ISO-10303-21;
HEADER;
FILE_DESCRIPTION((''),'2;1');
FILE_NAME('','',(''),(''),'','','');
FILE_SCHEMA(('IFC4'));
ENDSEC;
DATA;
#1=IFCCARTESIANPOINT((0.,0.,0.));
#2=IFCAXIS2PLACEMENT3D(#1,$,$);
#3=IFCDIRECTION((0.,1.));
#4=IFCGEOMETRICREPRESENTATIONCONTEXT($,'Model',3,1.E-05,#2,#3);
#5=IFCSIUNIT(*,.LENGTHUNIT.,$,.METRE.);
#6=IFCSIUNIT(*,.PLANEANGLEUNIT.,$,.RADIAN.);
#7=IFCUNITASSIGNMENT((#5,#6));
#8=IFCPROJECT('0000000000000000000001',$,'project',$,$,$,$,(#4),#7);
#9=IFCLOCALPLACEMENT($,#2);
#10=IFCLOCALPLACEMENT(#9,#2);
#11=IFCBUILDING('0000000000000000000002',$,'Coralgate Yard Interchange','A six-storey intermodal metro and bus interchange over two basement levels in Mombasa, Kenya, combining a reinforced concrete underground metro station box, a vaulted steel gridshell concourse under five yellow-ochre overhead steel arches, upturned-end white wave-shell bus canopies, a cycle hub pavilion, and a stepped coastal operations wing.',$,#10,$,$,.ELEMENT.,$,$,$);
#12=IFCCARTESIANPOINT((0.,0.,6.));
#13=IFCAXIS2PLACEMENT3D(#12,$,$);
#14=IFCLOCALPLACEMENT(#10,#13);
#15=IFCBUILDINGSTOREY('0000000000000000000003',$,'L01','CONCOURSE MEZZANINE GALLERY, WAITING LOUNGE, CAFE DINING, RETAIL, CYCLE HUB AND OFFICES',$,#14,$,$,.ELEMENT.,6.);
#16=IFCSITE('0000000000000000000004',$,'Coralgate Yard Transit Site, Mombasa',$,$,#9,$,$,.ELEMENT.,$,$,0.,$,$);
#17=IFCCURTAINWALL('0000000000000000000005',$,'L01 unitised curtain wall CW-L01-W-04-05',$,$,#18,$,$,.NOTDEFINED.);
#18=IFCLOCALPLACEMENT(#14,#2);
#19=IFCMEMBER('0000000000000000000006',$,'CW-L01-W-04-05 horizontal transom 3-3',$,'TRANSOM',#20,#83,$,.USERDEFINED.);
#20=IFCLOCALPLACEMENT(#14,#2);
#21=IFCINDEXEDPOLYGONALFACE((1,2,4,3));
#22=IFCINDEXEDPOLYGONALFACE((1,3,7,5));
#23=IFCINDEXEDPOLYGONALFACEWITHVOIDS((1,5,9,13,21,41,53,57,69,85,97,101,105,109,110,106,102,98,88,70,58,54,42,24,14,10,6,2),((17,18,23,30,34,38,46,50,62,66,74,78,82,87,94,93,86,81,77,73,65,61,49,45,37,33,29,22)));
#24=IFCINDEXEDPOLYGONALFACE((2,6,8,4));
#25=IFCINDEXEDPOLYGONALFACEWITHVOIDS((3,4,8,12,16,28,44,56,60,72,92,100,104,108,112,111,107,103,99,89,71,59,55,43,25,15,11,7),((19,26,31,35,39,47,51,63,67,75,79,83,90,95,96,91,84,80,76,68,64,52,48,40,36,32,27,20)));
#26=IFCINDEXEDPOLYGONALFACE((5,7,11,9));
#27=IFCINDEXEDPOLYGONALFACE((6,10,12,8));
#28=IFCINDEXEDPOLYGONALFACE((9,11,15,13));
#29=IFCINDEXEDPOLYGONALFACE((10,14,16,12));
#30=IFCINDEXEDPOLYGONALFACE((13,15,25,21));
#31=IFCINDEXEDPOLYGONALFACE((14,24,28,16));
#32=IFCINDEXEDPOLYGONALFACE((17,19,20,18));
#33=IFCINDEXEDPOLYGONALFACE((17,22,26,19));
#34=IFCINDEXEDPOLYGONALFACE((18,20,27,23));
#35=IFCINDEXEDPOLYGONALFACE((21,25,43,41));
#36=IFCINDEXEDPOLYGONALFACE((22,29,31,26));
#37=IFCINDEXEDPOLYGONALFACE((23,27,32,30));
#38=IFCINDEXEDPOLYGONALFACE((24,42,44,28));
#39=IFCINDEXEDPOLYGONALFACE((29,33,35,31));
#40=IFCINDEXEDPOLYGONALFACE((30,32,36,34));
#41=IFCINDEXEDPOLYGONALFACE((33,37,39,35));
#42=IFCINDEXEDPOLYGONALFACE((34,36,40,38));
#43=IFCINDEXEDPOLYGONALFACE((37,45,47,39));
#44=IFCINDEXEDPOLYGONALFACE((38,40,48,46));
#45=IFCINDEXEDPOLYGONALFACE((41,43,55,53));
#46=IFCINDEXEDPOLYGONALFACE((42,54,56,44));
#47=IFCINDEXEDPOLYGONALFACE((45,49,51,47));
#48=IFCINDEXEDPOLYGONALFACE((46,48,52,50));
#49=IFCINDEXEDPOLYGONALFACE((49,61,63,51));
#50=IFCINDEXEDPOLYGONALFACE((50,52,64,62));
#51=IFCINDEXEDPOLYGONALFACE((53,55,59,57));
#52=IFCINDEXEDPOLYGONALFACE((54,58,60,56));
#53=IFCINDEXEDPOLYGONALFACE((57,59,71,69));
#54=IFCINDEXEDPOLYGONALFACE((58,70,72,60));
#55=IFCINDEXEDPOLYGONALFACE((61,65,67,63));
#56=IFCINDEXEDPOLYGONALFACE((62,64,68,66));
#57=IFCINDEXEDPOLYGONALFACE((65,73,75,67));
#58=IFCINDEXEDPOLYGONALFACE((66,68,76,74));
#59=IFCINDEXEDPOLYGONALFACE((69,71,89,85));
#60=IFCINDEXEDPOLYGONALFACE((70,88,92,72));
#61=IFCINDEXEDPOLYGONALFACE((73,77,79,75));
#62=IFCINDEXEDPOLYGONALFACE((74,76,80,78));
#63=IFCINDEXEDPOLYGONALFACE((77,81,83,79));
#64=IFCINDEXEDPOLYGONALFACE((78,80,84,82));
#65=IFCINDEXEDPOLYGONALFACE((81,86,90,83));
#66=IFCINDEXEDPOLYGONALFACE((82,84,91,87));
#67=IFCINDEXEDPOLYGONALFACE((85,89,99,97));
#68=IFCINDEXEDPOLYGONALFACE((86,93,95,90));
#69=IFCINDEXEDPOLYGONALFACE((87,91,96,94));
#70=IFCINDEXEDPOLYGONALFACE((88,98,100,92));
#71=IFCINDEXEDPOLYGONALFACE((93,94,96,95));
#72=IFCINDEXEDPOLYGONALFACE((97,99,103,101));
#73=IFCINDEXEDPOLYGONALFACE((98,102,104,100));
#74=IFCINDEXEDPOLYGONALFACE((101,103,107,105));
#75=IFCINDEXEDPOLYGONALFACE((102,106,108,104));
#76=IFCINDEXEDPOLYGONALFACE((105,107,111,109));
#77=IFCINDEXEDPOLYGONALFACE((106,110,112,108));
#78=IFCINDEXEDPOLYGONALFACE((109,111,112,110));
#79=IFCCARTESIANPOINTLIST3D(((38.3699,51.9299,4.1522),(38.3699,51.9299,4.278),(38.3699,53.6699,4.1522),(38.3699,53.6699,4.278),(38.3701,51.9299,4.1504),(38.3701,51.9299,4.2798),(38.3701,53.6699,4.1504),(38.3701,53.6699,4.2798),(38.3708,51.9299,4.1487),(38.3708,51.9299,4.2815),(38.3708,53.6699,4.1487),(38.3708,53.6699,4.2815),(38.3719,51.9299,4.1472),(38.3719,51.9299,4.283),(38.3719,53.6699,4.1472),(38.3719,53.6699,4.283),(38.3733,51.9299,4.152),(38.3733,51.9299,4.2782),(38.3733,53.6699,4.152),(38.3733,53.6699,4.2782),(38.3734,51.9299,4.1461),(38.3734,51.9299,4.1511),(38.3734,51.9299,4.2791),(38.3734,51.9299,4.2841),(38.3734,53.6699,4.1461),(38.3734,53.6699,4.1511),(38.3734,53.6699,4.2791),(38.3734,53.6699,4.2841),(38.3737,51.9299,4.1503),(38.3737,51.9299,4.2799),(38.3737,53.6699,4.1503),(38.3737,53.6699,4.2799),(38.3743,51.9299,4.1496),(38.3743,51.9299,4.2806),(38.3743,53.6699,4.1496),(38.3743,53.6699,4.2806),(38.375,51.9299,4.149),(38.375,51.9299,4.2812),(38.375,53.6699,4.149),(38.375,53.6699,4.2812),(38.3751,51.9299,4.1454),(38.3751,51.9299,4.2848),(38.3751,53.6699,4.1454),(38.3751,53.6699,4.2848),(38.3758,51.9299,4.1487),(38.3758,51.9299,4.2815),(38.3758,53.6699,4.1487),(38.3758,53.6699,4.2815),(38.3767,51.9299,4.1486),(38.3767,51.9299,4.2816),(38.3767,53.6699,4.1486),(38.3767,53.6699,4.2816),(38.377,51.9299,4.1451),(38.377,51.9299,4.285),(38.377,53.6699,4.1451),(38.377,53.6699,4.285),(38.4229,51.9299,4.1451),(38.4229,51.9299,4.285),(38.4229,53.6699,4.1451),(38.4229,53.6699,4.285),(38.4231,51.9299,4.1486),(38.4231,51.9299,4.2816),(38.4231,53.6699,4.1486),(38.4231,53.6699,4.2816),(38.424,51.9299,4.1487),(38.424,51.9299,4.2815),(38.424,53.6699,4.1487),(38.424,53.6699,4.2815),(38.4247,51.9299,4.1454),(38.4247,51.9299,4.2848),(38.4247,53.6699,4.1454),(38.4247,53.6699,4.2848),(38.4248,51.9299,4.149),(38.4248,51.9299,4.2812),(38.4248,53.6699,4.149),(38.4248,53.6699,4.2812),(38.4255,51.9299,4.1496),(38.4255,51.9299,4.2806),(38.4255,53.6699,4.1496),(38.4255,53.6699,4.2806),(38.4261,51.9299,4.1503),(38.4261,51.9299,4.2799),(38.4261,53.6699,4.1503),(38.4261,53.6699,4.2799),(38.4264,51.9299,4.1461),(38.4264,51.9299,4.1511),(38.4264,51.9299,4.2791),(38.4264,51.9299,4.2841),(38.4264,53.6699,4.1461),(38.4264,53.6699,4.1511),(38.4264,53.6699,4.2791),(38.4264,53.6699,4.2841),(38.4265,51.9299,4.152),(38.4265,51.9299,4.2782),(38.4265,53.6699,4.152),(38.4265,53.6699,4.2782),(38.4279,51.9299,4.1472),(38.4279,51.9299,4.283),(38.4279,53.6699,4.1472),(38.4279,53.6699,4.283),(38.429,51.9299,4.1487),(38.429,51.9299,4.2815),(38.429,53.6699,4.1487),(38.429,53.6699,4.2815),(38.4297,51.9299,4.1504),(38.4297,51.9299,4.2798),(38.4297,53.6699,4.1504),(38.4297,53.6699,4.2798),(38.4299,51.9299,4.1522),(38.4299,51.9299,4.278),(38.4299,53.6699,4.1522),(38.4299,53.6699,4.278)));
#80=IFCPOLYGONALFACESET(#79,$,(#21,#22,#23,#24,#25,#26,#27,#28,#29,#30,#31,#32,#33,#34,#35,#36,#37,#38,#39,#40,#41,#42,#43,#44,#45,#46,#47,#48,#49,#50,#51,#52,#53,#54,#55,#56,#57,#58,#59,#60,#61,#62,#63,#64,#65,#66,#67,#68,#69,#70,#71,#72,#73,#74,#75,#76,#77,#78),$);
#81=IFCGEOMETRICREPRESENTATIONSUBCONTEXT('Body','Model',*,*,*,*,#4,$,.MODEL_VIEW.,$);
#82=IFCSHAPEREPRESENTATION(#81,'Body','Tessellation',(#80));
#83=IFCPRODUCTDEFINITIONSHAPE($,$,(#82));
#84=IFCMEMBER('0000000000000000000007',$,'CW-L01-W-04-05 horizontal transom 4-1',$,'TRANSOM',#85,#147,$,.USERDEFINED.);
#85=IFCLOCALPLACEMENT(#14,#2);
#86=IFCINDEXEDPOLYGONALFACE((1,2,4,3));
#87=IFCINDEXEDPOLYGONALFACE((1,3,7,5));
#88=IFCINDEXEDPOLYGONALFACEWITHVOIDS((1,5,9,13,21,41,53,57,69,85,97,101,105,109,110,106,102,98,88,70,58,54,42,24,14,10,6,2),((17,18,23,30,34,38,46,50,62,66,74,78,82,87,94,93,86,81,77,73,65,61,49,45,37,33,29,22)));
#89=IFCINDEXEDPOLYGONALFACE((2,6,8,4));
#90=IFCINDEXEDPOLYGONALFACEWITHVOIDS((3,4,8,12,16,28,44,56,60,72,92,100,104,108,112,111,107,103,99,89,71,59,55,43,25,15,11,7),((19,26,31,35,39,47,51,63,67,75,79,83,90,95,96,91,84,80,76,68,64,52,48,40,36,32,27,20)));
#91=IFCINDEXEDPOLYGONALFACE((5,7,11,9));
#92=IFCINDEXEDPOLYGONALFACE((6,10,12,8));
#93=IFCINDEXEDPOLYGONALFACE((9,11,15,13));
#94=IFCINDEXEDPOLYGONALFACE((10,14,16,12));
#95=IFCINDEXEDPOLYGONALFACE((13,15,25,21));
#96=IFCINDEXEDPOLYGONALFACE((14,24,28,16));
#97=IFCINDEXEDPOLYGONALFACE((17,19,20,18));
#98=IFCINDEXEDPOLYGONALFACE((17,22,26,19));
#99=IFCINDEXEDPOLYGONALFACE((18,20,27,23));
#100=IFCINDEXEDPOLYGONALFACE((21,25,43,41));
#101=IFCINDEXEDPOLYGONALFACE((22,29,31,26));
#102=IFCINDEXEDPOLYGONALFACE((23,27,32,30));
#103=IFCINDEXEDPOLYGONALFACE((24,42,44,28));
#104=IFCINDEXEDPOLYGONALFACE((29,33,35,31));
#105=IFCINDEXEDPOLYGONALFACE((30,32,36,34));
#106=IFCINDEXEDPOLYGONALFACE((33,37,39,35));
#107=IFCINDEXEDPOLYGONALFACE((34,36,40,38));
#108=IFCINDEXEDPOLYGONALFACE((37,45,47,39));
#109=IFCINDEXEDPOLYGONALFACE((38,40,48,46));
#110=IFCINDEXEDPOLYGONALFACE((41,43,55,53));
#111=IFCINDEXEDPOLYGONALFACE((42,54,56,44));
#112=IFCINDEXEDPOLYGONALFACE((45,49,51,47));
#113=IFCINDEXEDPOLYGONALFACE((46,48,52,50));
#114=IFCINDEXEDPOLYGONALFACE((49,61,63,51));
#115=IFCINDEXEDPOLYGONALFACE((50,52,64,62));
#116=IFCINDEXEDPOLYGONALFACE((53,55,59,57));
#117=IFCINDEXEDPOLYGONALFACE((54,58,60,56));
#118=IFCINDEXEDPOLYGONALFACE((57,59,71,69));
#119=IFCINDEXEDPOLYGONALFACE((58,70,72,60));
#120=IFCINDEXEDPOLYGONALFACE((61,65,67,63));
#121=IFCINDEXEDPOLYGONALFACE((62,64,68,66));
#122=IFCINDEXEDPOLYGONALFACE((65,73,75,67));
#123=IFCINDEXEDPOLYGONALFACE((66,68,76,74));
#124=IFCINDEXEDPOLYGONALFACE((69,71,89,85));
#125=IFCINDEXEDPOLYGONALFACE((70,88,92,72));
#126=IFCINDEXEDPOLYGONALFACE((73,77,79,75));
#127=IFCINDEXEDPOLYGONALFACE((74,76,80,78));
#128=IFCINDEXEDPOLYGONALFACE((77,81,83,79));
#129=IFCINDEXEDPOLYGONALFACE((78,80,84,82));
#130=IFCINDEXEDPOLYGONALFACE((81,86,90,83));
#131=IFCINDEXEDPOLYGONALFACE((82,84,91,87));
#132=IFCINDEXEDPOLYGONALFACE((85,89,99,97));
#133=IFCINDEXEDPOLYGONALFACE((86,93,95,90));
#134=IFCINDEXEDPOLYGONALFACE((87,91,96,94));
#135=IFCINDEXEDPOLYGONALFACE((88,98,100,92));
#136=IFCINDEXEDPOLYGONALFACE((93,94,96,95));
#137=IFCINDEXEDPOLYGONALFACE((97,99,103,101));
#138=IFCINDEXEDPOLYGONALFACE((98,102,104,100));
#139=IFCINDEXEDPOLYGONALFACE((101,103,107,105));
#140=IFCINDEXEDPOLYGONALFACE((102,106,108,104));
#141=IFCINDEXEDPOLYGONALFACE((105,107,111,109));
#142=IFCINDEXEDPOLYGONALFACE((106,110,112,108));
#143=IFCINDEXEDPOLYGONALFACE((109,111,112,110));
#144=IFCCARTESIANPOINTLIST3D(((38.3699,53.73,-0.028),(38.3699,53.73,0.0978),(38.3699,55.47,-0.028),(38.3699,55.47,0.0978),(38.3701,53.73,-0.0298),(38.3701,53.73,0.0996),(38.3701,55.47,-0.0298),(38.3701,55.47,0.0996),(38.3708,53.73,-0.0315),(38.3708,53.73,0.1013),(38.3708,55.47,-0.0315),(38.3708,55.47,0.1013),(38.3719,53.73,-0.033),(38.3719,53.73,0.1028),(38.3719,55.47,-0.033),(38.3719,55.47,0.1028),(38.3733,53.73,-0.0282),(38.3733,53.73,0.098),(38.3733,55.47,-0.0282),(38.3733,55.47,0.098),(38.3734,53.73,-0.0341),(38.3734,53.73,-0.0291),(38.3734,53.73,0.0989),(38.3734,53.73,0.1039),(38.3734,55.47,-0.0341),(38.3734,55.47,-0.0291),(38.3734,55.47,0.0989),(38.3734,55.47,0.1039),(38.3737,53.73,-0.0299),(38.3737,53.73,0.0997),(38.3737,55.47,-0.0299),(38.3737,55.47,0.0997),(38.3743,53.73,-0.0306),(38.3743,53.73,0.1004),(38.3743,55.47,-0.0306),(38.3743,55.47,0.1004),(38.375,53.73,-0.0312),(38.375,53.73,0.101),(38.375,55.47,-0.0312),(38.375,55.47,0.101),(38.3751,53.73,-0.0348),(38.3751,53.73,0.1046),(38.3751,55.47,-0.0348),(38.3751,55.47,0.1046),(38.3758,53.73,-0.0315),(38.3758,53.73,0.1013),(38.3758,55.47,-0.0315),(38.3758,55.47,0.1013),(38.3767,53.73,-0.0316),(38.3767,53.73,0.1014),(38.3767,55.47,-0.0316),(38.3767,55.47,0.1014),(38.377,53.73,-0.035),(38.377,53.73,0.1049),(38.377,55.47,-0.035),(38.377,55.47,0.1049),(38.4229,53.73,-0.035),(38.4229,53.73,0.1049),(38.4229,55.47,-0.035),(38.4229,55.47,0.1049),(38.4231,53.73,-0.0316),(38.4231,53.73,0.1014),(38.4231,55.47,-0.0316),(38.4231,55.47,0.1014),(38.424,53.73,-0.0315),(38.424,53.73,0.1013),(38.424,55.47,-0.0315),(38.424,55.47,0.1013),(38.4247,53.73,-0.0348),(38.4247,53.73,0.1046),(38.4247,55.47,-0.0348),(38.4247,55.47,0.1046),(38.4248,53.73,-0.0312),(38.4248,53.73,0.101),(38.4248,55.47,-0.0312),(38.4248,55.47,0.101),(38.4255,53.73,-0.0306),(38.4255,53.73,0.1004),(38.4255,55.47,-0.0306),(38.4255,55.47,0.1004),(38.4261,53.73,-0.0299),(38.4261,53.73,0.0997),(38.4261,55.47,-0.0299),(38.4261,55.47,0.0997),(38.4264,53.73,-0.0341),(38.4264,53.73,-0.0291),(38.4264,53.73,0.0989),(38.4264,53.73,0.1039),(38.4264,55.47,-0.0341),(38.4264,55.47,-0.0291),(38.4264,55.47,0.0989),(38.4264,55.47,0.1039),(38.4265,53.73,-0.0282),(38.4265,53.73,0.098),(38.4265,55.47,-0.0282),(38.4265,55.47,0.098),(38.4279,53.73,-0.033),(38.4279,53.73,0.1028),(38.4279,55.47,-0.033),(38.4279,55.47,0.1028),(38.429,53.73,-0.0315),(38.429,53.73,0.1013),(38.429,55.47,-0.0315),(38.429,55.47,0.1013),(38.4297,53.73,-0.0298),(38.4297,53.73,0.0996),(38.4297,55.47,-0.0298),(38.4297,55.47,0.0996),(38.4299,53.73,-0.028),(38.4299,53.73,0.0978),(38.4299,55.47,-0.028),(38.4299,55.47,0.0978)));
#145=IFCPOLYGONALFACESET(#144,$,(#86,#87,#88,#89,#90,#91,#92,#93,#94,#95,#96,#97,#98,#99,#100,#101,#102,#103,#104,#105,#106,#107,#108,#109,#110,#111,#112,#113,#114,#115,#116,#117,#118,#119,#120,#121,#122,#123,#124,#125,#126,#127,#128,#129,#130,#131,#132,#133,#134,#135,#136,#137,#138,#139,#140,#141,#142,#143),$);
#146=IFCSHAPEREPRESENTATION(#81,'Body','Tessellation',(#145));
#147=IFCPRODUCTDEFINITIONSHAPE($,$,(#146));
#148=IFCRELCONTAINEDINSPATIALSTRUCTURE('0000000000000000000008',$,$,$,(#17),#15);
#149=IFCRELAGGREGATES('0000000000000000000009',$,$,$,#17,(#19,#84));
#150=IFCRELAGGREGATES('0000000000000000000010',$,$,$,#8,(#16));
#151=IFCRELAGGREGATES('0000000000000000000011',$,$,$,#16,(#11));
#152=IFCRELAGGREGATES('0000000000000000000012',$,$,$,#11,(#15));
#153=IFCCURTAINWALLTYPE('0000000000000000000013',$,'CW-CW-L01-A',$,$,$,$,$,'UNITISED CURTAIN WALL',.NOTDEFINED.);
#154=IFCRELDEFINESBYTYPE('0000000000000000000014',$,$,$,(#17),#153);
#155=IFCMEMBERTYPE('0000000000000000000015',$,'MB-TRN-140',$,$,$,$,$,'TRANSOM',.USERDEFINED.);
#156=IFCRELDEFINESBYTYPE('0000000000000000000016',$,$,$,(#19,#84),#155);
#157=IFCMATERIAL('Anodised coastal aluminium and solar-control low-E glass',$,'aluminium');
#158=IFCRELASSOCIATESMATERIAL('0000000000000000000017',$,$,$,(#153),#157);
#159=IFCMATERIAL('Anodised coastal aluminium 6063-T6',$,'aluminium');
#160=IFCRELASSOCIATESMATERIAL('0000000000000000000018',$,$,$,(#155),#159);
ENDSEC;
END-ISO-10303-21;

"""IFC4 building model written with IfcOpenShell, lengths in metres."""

from ifc_helpers import new_model, si_unit, direction, frame, origin, origin_2d, place, context, subcontext, project, spatial, hollow_rectangle, extrude, material, material_profile, profile_set, type_object, element, aggregate, save


model = new_model("IFC4")

# Units and contexts
model_context = context("Model", 3, precision=1e-05, world=origin(), true_north=direction((0.0, 1.0)))
body_context = subcontext(model_context, "Body", "Model", "MODEL_VIEW")
ifc_project = project(units=[si_unit("LENGTHUNIT", "METRE"), si_unit("PLANEANGLEUNIT", "RADIAN")], contexts=[model_context])

# Site, building, storey
site_placement = place(None, origin())
site = spatial("IfcSite", under=ifc_project, at=site_placement, Name="Coralgate Yard Transit Site, Mombasa", CompositionType="ELEMENT", RefElevation=0.0)
building_placement = place(site_placement, origin())
building = spatial("IfcBuilding", under=site, at=building_placement, Name="Coralgate Yard Interchange", Description="A six-storey intermodal metro and bus interchange over two basement levels in Mombasa, Kenya, combining a reinforced concrete underground metro station box, a vaulted steel gridshell concourse under five yellow-ochre overhead steel arches, upturned-end white wave-shell bus canopies, a cycle hub pavilion, and a stepped coastal operations wing.", CompositionType="ELEMENT")
storey_placement = place(building_placement, frame((0.0, 0.0, 6.0)))
storey = spatial("IfcBuildingStorey", under=building, at=storey_placement, Name="L01", Description="CONCOURSE MEZZANINE GALLERY, WAITING LOUNGE, CAFE DINING, RETAIL, CYCLE HUB AND OFFICES", CompositionType="ELEMENT", Elevation=6.0)

# Curtain wall
ifc_material_1 = material(Name="Anodised coastal aluminium and solar-control low-E glass", Category="aluminium")
curtain_wall_type_1 = type_object("IfcCurtainWallType", Name="CW-CW-L01-A", ElementType="UNITISED CURTAIN WALL", PredefinedType="NOTDEFINED", material=ifc_material_1)
curtain_wall_1_placement = place(storey_placement, origin())
curtain_wall_1 = element("IfcCurtainWall", 1, at=curtain_wall_1_placement, inside=storey, type_object=curtain_wall_type_1, Name="L01 unitised curtain wall CW-L01-W-04-05", PredefinedType="NOTDEFINED")
ifc_material_2 = material(Name="Anodised coastal aluminium 6063-T6", Category="aluminium")

# Members
ifc_material_profile_1 = material_profile(ifc_material_2, hollow_rectangle(XDim=0.0601, YDim=0.1399, WallThickness=0.0034, InnerFilletRadius=0.0034, OuterFilletRadius=0.0071, at=origin_2d()), Name="ALU 60x140x3.5")
ifc_profile_set_1 = profile_set([ifc_material_profile_1], Name="Anodised coastal aluminium 6063-T6")
member_type_1 = type_object("IfcMemberType", Name="MB-TRN-140", ElementType="TRANSOM", PredefinedType="USERDEFINED", material=ifc_profile_set_1)
member_1_placement = place(storey_placement, frame((38.3999, 51.9299, 4.2151), z_axis=(0.0, 1.0, 0.0), x_axis=(-1.0, 0.0, 0.0)))
member_1 = element("IfcMember", 2, at=member_1_placement, type_object=member_type_1, Name="CW-L01-W-04-05 horizontal transom 3-3", ObjectType="TRANSOM", PredefinedType="USERDEFINED", context=body_context, shape_type="SweptSolid", body=[
    extrude(hollow_rectangle(XDim=0.0601, YDim=0.1399, WallThickness=0.0034, InnerFilletRadius=0.0034, OuterFilletRadius=0.0071, at=origin_2d()), origin(), (0.0, 0.0, 1.0), 1.74),
])
member_2_placement = place(storey_placement, frame((38.3999, 53.73, 0.0349), z_axis=(0.0, 1.0, 0.0), x_axis=(-1.0, 0.0, 0.0)))
member_2 = element("IfcMember", 3, at=member_2_placement, type_object=member_type_1, Name="CW-L01-W-04-05 horizontal transom 4-1", ObjectType="TRANSOM", PredefinedType="USERDEFINED", context=body_context, shape_type="SweptSolid", body=[
    extrude(hollow_rectangle(XDim=0.0601, YDim=0.1399, WallThickness=0.0034, InnerFilletRadius=0.0034, OuterFilletRadius=0.0071, at=origin_2d()), origin(), (0.0, 0.0, 1.0), 1.74),
])

aggregate(curtain_wall_1, [member_1, member_2])

save(model, "model.ifc")
